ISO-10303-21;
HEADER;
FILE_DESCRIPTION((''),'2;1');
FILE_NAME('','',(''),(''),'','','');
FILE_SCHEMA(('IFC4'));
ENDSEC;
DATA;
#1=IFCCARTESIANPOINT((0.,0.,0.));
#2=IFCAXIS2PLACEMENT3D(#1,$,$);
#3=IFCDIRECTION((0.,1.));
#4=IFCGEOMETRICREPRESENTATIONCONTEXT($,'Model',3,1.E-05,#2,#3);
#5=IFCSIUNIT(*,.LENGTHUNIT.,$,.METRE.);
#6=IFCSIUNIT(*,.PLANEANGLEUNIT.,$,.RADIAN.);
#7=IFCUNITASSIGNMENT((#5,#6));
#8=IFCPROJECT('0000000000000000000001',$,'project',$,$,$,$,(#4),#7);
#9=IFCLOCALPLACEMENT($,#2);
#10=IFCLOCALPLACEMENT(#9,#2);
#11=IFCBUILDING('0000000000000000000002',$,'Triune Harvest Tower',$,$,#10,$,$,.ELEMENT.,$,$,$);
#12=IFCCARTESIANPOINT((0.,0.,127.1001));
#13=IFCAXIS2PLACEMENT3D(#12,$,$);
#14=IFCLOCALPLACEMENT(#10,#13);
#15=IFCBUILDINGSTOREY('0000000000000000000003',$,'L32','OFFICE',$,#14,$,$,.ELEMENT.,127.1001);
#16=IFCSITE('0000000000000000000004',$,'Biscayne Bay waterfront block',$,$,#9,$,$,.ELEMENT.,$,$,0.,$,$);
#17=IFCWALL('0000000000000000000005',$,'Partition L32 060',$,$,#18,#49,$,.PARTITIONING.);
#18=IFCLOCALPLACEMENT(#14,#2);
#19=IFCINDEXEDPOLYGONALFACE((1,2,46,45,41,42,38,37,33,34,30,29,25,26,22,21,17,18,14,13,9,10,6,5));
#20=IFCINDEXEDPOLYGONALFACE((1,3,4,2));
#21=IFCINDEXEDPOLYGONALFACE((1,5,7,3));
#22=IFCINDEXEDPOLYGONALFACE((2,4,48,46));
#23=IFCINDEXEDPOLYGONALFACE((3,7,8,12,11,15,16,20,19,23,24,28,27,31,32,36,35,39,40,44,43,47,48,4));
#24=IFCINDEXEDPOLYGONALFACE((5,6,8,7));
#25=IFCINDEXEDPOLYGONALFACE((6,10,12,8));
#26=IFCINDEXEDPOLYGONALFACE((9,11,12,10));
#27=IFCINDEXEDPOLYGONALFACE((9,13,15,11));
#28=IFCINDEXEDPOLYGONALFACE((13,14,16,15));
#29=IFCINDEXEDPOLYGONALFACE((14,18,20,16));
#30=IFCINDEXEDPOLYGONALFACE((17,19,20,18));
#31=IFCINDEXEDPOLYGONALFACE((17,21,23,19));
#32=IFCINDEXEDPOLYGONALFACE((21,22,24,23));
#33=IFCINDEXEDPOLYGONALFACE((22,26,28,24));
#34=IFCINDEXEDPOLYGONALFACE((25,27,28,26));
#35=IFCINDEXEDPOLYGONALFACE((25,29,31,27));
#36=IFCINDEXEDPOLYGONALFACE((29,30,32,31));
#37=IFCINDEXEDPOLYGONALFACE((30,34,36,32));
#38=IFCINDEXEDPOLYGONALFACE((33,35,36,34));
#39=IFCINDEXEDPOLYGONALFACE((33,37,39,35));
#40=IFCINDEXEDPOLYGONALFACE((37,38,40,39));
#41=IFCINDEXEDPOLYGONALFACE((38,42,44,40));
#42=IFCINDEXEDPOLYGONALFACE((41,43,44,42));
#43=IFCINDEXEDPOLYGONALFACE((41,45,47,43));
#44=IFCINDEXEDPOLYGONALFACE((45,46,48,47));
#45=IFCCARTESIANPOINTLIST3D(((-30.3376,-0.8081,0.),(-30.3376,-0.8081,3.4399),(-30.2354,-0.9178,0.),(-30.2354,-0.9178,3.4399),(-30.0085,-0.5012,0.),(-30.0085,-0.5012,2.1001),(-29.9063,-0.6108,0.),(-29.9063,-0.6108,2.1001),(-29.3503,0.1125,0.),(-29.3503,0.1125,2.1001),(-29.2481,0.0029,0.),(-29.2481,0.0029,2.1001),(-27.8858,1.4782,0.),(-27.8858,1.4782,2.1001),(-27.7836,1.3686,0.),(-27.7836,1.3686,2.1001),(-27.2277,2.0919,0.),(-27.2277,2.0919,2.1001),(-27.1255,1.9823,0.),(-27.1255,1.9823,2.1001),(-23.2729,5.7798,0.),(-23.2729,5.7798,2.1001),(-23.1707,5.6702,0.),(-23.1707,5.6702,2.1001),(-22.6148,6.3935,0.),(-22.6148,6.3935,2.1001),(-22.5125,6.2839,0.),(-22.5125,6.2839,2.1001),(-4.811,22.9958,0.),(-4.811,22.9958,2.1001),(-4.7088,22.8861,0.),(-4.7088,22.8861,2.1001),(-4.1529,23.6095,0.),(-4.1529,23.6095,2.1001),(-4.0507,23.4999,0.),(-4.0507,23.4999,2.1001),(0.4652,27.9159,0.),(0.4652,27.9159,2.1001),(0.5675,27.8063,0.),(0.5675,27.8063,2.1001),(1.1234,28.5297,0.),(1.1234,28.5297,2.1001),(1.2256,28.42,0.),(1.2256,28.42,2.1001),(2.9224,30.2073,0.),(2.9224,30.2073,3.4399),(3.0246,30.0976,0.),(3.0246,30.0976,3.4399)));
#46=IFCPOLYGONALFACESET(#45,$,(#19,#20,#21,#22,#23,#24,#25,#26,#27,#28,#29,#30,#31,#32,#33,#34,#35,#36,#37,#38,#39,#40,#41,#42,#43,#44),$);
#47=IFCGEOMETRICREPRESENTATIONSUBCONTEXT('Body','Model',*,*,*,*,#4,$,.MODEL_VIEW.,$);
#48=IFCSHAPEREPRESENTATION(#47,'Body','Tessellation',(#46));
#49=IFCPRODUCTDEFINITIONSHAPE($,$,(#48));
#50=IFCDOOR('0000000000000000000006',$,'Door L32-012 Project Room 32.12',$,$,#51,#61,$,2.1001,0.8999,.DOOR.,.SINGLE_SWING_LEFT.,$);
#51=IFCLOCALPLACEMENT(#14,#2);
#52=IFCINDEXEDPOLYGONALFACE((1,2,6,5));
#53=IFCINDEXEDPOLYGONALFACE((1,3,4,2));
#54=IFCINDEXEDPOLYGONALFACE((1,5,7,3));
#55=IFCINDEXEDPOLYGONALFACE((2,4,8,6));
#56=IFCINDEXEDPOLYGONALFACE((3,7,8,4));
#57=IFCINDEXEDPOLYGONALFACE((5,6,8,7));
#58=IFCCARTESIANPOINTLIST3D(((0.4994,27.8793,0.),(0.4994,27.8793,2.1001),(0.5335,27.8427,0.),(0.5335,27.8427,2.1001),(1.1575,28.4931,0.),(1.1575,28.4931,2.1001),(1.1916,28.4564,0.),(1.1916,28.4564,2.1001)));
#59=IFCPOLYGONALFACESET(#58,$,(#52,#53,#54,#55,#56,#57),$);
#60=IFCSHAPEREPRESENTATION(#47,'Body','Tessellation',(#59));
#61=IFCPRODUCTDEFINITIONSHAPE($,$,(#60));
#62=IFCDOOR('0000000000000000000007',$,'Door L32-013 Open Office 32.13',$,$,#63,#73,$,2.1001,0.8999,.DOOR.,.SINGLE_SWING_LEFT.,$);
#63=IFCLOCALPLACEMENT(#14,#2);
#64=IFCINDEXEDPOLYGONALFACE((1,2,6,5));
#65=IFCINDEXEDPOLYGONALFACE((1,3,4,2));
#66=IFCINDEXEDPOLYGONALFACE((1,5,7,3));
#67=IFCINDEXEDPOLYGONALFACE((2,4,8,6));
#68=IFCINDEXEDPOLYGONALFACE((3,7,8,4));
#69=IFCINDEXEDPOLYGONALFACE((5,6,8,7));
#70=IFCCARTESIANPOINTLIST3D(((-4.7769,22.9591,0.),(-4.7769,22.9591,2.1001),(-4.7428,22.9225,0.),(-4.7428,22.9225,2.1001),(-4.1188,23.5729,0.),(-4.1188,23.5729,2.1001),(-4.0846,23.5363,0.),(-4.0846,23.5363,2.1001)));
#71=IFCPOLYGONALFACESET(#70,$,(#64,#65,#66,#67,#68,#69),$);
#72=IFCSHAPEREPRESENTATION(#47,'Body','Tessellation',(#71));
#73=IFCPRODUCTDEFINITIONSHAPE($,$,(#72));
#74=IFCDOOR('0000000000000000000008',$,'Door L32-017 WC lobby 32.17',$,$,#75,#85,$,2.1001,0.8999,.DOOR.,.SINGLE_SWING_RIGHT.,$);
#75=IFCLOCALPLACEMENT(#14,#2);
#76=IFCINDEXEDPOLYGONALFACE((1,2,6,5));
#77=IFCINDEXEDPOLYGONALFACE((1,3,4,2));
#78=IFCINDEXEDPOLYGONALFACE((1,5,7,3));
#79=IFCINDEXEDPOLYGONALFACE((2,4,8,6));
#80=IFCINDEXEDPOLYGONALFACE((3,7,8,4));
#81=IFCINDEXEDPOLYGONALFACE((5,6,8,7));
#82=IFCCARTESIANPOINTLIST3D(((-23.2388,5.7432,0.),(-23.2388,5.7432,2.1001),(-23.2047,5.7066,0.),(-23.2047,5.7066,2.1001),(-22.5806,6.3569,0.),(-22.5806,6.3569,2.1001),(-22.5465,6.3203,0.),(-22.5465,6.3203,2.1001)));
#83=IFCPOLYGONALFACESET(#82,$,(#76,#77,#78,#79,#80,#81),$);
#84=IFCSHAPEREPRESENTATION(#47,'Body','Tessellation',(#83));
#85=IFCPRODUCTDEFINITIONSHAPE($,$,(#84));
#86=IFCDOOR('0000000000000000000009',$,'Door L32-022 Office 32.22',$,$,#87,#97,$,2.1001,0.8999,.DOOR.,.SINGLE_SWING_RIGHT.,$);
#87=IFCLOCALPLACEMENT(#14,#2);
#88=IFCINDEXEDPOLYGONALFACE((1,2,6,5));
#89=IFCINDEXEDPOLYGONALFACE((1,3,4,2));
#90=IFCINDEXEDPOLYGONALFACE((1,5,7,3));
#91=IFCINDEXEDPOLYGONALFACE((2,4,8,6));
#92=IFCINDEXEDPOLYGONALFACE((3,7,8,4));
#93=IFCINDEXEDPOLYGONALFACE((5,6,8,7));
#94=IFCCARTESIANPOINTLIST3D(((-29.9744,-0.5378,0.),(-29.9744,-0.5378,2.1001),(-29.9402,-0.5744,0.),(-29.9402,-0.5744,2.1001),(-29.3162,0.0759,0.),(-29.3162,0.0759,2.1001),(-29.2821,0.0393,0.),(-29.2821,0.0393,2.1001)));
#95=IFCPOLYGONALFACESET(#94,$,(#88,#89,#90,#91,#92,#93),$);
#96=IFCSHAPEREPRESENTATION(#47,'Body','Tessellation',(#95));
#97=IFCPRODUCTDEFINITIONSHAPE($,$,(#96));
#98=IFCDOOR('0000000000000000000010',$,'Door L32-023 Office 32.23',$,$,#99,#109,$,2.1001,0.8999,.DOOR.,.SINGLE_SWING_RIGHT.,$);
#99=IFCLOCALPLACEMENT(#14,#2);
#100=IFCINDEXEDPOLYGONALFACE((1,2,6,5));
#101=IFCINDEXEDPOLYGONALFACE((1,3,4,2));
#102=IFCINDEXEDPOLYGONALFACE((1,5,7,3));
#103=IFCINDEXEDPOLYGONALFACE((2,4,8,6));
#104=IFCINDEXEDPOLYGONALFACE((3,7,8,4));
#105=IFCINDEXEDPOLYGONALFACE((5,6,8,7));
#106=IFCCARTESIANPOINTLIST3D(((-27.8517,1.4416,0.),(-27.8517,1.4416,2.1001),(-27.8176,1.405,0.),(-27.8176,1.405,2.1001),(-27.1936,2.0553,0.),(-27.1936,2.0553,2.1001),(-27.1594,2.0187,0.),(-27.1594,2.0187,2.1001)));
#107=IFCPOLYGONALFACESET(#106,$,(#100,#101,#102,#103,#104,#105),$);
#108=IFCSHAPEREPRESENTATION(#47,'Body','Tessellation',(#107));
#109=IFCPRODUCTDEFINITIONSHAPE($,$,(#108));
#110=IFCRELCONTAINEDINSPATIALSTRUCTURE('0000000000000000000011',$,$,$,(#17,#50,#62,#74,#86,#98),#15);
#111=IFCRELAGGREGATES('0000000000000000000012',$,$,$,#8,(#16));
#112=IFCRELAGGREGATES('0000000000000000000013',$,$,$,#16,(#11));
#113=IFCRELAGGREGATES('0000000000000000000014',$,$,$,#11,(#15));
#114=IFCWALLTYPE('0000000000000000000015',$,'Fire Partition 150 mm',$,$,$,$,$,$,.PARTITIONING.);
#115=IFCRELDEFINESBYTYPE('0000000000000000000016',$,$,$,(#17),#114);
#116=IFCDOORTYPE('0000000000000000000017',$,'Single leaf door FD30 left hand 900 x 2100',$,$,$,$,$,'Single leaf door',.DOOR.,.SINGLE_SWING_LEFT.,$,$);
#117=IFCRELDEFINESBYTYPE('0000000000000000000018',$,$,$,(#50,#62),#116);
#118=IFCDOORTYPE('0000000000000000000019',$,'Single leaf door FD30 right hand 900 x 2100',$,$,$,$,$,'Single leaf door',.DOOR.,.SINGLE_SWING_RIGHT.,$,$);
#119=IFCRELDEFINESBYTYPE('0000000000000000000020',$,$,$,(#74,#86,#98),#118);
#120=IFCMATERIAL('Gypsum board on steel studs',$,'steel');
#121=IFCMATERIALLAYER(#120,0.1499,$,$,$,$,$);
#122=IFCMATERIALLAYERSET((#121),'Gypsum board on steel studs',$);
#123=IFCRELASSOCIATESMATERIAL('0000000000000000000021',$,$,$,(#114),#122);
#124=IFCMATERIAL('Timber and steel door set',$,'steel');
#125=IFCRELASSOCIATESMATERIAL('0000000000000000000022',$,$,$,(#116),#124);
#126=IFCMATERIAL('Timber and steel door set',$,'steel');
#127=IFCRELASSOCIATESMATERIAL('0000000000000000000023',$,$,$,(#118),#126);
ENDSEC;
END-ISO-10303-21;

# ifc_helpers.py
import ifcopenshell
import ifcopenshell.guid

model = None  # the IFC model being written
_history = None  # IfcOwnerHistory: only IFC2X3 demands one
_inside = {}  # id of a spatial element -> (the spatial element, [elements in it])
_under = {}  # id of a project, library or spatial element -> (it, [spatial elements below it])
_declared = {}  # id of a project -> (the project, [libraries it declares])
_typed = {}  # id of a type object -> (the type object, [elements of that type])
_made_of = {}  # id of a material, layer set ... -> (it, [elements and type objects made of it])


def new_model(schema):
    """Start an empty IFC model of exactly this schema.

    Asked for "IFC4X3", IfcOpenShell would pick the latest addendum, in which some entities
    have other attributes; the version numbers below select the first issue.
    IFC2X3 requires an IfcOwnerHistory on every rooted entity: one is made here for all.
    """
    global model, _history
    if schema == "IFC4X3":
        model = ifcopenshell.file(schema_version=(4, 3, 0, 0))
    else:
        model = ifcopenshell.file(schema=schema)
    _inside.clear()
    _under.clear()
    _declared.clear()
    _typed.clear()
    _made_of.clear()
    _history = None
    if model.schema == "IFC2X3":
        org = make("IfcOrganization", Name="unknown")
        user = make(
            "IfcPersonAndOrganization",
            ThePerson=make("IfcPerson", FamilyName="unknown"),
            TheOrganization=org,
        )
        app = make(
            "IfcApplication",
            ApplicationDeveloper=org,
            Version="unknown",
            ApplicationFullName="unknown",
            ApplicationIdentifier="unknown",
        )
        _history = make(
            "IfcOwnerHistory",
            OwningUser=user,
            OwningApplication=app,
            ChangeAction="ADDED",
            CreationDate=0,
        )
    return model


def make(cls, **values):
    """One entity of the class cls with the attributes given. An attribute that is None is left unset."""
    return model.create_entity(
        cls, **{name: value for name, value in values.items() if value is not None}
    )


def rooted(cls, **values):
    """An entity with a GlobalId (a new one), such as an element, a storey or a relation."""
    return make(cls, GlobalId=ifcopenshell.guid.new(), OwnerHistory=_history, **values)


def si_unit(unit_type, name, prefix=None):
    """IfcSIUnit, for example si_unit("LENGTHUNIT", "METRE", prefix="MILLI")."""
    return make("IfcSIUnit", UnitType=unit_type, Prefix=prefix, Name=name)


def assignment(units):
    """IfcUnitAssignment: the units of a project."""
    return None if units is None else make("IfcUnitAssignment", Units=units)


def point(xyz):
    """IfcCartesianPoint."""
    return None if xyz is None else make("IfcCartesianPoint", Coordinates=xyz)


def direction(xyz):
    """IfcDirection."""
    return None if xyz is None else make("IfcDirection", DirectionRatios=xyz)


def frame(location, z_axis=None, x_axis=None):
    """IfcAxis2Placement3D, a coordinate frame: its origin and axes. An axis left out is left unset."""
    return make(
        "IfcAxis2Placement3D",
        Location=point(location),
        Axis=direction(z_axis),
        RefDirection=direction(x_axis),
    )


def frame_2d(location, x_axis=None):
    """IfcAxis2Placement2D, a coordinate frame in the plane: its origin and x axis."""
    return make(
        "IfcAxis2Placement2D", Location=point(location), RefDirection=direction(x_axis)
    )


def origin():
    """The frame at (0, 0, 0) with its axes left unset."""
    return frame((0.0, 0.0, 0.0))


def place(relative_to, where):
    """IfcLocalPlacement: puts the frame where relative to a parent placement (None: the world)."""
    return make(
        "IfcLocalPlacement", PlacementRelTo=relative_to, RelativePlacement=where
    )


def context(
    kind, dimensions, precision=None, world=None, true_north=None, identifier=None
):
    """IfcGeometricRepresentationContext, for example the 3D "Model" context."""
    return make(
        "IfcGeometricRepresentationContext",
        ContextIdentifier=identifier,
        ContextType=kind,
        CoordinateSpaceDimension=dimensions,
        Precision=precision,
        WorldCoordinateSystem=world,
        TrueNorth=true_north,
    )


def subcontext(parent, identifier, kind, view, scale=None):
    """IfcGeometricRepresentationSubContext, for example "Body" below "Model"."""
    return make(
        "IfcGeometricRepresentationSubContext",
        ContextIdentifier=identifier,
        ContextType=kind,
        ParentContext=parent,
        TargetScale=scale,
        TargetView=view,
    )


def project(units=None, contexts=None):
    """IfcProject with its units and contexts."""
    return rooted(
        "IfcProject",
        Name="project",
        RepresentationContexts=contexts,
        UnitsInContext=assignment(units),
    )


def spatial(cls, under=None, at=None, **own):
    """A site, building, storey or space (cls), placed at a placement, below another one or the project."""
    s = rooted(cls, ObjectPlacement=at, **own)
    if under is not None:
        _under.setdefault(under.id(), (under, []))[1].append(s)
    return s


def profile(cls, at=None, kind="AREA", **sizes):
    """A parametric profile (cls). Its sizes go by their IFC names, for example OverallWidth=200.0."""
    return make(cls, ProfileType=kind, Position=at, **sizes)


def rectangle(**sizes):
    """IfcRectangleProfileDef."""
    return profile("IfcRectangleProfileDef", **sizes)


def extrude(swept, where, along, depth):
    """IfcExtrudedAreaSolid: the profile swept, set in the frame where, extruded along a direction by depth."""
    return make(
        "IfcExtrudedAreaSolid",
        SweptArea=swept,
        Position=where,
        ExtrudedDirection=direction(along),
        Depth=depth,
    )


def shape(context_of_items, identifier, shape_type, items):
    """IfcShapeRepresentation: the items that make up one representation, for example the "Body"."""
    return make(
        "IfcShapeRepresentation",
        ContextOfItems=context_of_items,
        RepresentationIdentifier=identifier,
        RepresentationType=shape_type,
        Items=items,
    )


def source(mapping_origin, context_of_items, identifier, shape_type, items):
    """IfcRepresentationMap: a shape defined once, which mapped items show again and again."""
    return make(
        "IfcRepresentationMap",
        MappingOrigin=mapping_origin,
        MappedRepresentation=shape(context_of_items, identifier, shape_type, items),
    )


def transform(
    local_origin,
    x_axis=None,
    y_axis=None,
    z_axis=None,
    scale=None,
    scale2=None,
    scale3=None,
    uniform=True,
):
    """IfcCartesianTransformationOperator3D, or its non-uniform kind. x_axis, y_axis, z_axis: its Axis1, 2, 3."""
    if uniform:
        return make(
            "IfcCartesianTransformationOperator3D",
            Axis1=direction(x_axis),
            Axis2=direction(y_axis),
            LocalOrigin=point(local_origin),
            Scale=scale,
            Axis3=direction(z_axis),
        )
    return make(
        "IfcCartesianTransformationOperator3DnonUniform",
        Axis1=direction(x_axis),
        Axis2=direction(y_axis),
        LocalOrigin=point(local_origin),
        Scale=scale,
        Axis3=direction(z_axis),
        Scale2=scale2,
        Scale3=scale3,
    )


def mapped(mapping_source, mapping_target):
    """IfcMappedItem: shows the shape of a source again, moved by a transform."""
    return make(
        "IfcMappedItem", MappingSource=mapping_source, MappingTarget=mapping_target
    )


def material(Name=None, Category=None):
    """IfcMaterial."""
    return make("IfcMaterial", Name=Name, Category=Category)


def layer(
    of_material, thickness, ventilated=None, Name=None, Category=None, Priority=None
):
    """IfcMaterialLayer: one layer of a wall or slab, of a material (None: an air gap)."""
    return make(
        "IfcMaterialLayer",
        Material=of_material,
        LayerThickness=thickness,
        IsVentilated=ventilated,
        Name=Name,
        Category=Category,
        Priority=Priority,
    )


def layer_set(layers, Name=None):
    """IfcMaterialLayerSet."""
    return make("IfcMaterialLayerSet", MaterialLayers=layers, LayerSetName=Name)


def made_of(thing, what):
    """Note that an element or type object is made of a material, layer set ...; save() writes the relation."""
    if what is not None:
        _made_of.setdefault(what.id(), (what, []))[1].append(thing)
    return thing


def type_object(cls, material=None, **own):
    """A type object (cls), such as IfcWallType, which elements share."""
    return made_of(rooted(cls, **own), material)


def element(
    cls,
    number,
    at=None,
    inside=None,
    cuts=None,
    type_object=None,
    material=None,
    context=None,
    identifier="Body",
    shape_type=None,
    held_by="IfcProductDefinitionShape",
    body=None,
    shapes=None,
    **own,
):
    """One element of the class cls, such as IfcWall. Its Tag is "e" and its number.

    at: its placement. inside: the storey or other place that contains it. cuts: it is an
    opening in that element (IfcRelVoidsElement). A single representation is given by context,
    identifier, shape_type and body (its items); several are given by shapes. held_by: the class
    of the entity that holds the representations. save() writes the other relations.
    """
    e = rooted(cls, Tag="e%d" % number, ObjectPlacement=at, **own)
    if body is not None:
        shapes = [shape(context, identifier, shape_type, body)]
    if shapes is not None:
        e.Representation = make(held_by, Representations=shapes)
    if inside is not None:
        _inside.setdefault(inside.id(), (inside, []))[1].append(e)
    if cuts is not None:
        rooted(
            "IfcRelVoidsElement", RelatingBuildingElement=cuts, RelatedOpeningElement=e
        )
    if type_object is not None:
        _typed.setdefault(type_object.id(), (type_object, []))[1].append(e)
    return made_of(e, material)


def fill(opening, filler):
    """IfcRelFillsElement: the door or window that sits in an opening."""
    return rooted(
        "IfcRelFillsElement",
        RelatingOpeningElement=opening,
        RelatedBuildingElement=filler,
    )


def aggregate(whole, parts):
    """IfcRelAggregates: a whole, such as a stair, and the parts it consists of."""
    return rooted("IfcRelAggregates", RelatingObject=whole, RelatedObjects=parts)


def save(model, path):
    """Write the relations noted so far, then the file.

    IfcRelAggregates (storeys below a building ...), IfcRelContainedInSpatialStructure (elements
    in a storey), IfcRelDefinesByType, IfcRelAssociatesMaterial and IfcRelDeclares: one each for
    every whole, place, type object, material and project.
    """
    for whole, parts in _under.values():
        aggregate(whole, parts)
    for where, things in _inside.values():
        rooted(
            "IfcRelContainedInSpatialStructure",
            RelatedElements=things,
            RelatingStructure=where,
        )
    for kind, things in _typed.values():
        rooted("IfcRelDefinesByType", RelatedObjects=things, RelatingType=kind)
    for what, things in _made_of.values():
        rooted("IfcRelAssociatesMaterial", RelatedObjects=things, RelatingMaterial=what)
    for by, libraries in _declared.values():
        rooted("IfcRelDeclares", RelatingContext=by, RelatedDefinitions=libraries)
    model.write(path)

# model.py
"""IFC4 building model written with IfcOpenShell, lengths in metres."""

from ifc_helpers import new_model, si_unit, direction, frame, frame_2d, origin, place, context, subcontext, project, spatial, rectangle, extrude, source, transform, mapped, material, layer, layer_set, type_object, element, fill, save


model = new_model("IFC4")

# Units and contexts
model_context = context("Model", 3, precision=1e-05, world=origin(), true_north=direction((0.0, 1.0)))
body_context = subcontext(model_context, "Body", "Model", "MODEL_VIEW")
ifc_project = project(units=[si_unit("LENGTHUNIT", "METRE"), si_unit("PLANEANGLEUNIT", "RADIAN")], contexts=[model_context])

# Site, building, storey
site_placement = place(None, origin())
site = spatial("IfcSite", under=ifc_project, at=site_placement, Name="Biscayne Bay waterfront block", CompositionType="ELEMENT", RefElevation=0.0)
building_placement = place(site_placement, origin())
building = spatial("IfcBuilding", under=site, at=building_placement, Name="Triune Harvest Tower", CompositionType="ELEMENT")
storey_placement = place(building_placement, frame((0.0, 0.0, 127.1001)))
storey = spatial("IfcBuildingStorey", under=building, at=storey_placement, Name="L32", Description="OFFICE", CompositionType="ELEMENT", Elevation=127.1001)

# Shared definitions
ifc_material_1 = material(Name="Gypsum board on steel studs", Category="steel")
ifc_layer_1 = layer(ifc_material_1, 0.1499)
ifc_layer_set_1 = layer_set([ifc_layer_1], Name="Gypsum board on steel studs")
wall_type_1 = type_object("IfcWallType", Name="Fire Partition 150 mm", PredefinedType="PARTITIONING", material=ifc_layer_set_1)

# Shared definitions
ifc_material_2 = material(Name="Timber and steel door set", Category="steel")
door_type_1 = type_object("IfcDoorType", Name="Single leaf door FD30 left hand 900 x 2100", ElementType="Single leaf door", OperationType="SINGLE_SWING_LEFT", PredefinedType="DOOR", material=ifc_material_2)
ifc_material_3 = material(Name="Timber and steel door set", Category="steel")
door_type_2 = type_object("IfcDoorType", Name="Single leaf door FD30 right hand 900 x 2100", ElementType="Single leaf door", OperationType="SINGLE_SWING_RIGHT", PredefinedType="DOOR", material=ifc_material_3)

# Wall, openings, doors
shared_shape_1 = source(origin(), body_context, "Body", "SweptSolid", [
    extrude(rectangle(XDim=45.4773, YDim=0.1499, at=frame_2d((22.7388, 0.0))), origin(), (0.0, 0.0, 1.0), 3.4399),
])
wall_1_placement = place(storey_placement, frame((-30.2866, -0.863, 0.0), z_axis=(0.0, 0.0, 1.0), x_axis=(0.731355, 0.681997, 0.0)))
wall_1 = element("IfcWall", 1, at=wall_1_placement, inside=storey, type_object=wall_type_1, Name="Partition L32 060", PredefinedType="PARTITIONING", context=body_context, shape_type="MappedRepresentation", body=[
    mapped(shared_shape_1, transform((0.0, 0.0, 0.0), scale=1.0)),
])
opening_1_placement = place(wall_1_placement, frame((42.1177, 0.0, 0.0)))
opening_1 = element("IfcOpeningElement", 2, at=opening_1_placement, cuts=wall_1, PredefinedType="OPENING", context=body_context, shape_type="SweptSolid", body=[
    extrude(rectangle(XDim=0.8999, YDim=2.1001, at=frame_2d((0.45, 1.05))), frame((0.0, 0.085, 0.0), z_axis=(0.0, -1.0, 0.0), x_axis=(1.0, 0.0, 0.0)), (0.0, 0.0, 1.0), 0.1699),
])
opening_2_placement = place(wall_1_placement, frame((34.9033, 0.0, 0.0)))
opening_2 = element("IfcOpeningElement", 3, at=opening_2_placement, cuts=wall_1, PredefinedType="OPENING", context=body_context, shape_type="SweptSolid", body=[
    extrude(rectangle(XDim=0.8999, YDim=2.1001, at=frame_2d((0.45, 1.05))), frame((0.0, 0.085, 0.0), z_axis=(0.0, -1.0, 0.0), x_axis=(1.0, 0.0, 0.0)), (0.0, 0.0, 1.0), 0.1699),
])
opening_3_placement = place(wall_1_placement, frame((9.6599, 0.0, 0.0)))
opening_3 = element("IfcOpeningElement", 4, at=opening_3_placement, cuts=wall_1, PredefinedType="OPENING", context=body_context, shape_type="SweptSolid", body=[
    extrude(rectangle(XDim=0.8999, YDim=2.1001, at=frame_2d((0.45, 1.05))), frame((0.0, 0.085, 0.0), z_axis=(0.0, -1.0, 0.0), x_axis=(1.0, 0.0, 0.0)), (0.0, 0.0, 1.0), 0.1699),
])
opening_4_placement = place(wall_1_placement, frame((0.4502, 0.0, 0.0)))
opening_4 = element("IfcOpeningElement", 5, at=opening_4_placement, cuts=wall_1, PredefinedType="OPENING", context=body_context, shape_type="SweptSolid", body=[
    extrude(rectangle(XDim=0.8999, YDim=2.1001, at=frame_2d((0.45, 1.05))), frame((0.0, 0.085, 0.0), z_axis=(0.0, -1.0, 0.0), x_axis=(1.0, 0.0, 0.0)), (0.0, 0.0, 1.0), 0.1699),
])
opening_5_placement = place(wall_1_placement, frame((3.3525, 0.0, 0.0)))
opening_5 = element("IfcOpeningElement", 6, at=opening_5_placement, cuts=wall_1, PredefinedType="OPENING", context=body_context, shape_type="SweptSolid", body=[
    extrude(rectangle(XDim=0.8999, YDim=2.1001, at=frame_2d((0.45, 1.05))), frame((0.0, 0.085, 0.0), z_axis=(0.0, -1.0, 0.0), x_axis=(1.0, 0.0, 0.0)), (0.0, 0.0, 1.0), 0.1699),
])
door_1_placement = place(opening_1_placement, origin())
door_1 = element("IfcDoor", 7, at=door_1_placement, inside=storey, type_object=door_type_1, Name="Door L32-012 Project Room 32.12", OperationType="SINGLE_SWING_LEFT", OverallHeight=2.1001, OverallWidth=0.8999, PredefinedType="DOOR", context=body_context, shape_type="SweptSolid", body=[
    extrude(rectangle(XDim=0.8999, YDim=2.1001, at=frame_2d((0.45, 1.05))), frame((0.0, 0.0249, 0.0), z_axis=(0.0, -1.0, 0.0), x_axis=(1.0, 0.0, 0.0)), (0.0, 0.0, 1.0), 0.05),
])
fill(opening_1, door_1)
door_2_placement = place(opening_2_placement, origin())
door_2 = element("IfcDoor", 8, at=door_2_placement, inside=storey, type_object=door_type_1, Name="Door L32-013 Open Office 32.13", OperationType="SINGLE_SWING_LEFT", OverallHeight=2.1001, OverallWidth=0.8999, PredefinedType="DOOR", context=body_context, shape_type="SweptSolid", body=[
    extrude(rectangle(XDim=0.8999, YDim=2.1001, at=frame_2d((0.45, 1.05))), frame((0.0, 0.0249, 0.0), z_axis=(0.0, -1.0, 0.0), x_axis=(1.0, 0.0, 0.0)), (0.0, 0.0, 1.0), 0.05),
])
fill(opening_2, door_2)
door_3_placement = place(opening_3_placement, origin())
door_3 = element("IfcDoor", 9, at=door_3_placement, inside=storey, type_object=door_type_2, Name="Door L32-017 WC lobby 32.17", OperationType="SINGLE_SWING_RIGHT", OverallHeight=2.1001, OverallWidth=0.8999, PredefinedType="DOOR", context=body_context, shape_type="SweptSolid", body=[
    extrude(rectangle(XDim=0.8999, YDim=2.1001, at=frame_2d((0.45, 1.05))), frame((0.0, 0.0249, 0.0), z_axis=(0.0, -1.0, 0.0), x_axis=(1.0, 0.0, 0.0)), (0.0, 0.0, 1.0), 0.05),
])
fill(opening_3, door_3)
door_4_placement = place(opening_4_placement, origin())
door_4 = element("IfcDoor", 10, at=door_4_placement, inside=storey, type_object=door_type_2, Name="Door L32-022 Office 32.22", OperationType="SINGLE_SWING_RIGHT", OverallHeight=2.1001, OverallWidth=0.8999, PredefinedType="DOOR", context=body_context, shape_type="SweptSolid", body=[
    extrude(rectangle(XDim=0.8999, YDim=2.1001, at=frame_2d((0.45, 1.05))), frame((0.0, 0.0249, 0.0), z_axis=(0.0, -1.0, 0.0), x_axis=(1.0, 0.0, 0.0)), (0.0, 0.0, 1.0), 0.05),
])
fill(opening_4, door_4)
door_5_placement = place(opening_5_placement, origin())
door_5 = element("IfcDoor", 11, at=door_5_placement, inside=storey, type_object=door_type_2, Name="Door L32-023 Office 32.23", OperationType="SINGLE_SWING_RIGHT", OverallHeight=2.1001, OverallWidth=0.8999, PredefinedType="DOOR", context=body_context, shape_type="SweptSolid", body=[
    extrude(rectangle(XDim=0.8999, YDim=2.1001, at=frame_2d((0.45, 1.05))), frame((0.0, 0.0249, 0.0), z_axis=(0.0, -1.0, 0.0), x_axis=(1.0, 0.0, 0.0)), (0.0, 0.0, 1.0), 0.05),
])
fill(opening_5, door_5)

save(model, "model.ifc")
